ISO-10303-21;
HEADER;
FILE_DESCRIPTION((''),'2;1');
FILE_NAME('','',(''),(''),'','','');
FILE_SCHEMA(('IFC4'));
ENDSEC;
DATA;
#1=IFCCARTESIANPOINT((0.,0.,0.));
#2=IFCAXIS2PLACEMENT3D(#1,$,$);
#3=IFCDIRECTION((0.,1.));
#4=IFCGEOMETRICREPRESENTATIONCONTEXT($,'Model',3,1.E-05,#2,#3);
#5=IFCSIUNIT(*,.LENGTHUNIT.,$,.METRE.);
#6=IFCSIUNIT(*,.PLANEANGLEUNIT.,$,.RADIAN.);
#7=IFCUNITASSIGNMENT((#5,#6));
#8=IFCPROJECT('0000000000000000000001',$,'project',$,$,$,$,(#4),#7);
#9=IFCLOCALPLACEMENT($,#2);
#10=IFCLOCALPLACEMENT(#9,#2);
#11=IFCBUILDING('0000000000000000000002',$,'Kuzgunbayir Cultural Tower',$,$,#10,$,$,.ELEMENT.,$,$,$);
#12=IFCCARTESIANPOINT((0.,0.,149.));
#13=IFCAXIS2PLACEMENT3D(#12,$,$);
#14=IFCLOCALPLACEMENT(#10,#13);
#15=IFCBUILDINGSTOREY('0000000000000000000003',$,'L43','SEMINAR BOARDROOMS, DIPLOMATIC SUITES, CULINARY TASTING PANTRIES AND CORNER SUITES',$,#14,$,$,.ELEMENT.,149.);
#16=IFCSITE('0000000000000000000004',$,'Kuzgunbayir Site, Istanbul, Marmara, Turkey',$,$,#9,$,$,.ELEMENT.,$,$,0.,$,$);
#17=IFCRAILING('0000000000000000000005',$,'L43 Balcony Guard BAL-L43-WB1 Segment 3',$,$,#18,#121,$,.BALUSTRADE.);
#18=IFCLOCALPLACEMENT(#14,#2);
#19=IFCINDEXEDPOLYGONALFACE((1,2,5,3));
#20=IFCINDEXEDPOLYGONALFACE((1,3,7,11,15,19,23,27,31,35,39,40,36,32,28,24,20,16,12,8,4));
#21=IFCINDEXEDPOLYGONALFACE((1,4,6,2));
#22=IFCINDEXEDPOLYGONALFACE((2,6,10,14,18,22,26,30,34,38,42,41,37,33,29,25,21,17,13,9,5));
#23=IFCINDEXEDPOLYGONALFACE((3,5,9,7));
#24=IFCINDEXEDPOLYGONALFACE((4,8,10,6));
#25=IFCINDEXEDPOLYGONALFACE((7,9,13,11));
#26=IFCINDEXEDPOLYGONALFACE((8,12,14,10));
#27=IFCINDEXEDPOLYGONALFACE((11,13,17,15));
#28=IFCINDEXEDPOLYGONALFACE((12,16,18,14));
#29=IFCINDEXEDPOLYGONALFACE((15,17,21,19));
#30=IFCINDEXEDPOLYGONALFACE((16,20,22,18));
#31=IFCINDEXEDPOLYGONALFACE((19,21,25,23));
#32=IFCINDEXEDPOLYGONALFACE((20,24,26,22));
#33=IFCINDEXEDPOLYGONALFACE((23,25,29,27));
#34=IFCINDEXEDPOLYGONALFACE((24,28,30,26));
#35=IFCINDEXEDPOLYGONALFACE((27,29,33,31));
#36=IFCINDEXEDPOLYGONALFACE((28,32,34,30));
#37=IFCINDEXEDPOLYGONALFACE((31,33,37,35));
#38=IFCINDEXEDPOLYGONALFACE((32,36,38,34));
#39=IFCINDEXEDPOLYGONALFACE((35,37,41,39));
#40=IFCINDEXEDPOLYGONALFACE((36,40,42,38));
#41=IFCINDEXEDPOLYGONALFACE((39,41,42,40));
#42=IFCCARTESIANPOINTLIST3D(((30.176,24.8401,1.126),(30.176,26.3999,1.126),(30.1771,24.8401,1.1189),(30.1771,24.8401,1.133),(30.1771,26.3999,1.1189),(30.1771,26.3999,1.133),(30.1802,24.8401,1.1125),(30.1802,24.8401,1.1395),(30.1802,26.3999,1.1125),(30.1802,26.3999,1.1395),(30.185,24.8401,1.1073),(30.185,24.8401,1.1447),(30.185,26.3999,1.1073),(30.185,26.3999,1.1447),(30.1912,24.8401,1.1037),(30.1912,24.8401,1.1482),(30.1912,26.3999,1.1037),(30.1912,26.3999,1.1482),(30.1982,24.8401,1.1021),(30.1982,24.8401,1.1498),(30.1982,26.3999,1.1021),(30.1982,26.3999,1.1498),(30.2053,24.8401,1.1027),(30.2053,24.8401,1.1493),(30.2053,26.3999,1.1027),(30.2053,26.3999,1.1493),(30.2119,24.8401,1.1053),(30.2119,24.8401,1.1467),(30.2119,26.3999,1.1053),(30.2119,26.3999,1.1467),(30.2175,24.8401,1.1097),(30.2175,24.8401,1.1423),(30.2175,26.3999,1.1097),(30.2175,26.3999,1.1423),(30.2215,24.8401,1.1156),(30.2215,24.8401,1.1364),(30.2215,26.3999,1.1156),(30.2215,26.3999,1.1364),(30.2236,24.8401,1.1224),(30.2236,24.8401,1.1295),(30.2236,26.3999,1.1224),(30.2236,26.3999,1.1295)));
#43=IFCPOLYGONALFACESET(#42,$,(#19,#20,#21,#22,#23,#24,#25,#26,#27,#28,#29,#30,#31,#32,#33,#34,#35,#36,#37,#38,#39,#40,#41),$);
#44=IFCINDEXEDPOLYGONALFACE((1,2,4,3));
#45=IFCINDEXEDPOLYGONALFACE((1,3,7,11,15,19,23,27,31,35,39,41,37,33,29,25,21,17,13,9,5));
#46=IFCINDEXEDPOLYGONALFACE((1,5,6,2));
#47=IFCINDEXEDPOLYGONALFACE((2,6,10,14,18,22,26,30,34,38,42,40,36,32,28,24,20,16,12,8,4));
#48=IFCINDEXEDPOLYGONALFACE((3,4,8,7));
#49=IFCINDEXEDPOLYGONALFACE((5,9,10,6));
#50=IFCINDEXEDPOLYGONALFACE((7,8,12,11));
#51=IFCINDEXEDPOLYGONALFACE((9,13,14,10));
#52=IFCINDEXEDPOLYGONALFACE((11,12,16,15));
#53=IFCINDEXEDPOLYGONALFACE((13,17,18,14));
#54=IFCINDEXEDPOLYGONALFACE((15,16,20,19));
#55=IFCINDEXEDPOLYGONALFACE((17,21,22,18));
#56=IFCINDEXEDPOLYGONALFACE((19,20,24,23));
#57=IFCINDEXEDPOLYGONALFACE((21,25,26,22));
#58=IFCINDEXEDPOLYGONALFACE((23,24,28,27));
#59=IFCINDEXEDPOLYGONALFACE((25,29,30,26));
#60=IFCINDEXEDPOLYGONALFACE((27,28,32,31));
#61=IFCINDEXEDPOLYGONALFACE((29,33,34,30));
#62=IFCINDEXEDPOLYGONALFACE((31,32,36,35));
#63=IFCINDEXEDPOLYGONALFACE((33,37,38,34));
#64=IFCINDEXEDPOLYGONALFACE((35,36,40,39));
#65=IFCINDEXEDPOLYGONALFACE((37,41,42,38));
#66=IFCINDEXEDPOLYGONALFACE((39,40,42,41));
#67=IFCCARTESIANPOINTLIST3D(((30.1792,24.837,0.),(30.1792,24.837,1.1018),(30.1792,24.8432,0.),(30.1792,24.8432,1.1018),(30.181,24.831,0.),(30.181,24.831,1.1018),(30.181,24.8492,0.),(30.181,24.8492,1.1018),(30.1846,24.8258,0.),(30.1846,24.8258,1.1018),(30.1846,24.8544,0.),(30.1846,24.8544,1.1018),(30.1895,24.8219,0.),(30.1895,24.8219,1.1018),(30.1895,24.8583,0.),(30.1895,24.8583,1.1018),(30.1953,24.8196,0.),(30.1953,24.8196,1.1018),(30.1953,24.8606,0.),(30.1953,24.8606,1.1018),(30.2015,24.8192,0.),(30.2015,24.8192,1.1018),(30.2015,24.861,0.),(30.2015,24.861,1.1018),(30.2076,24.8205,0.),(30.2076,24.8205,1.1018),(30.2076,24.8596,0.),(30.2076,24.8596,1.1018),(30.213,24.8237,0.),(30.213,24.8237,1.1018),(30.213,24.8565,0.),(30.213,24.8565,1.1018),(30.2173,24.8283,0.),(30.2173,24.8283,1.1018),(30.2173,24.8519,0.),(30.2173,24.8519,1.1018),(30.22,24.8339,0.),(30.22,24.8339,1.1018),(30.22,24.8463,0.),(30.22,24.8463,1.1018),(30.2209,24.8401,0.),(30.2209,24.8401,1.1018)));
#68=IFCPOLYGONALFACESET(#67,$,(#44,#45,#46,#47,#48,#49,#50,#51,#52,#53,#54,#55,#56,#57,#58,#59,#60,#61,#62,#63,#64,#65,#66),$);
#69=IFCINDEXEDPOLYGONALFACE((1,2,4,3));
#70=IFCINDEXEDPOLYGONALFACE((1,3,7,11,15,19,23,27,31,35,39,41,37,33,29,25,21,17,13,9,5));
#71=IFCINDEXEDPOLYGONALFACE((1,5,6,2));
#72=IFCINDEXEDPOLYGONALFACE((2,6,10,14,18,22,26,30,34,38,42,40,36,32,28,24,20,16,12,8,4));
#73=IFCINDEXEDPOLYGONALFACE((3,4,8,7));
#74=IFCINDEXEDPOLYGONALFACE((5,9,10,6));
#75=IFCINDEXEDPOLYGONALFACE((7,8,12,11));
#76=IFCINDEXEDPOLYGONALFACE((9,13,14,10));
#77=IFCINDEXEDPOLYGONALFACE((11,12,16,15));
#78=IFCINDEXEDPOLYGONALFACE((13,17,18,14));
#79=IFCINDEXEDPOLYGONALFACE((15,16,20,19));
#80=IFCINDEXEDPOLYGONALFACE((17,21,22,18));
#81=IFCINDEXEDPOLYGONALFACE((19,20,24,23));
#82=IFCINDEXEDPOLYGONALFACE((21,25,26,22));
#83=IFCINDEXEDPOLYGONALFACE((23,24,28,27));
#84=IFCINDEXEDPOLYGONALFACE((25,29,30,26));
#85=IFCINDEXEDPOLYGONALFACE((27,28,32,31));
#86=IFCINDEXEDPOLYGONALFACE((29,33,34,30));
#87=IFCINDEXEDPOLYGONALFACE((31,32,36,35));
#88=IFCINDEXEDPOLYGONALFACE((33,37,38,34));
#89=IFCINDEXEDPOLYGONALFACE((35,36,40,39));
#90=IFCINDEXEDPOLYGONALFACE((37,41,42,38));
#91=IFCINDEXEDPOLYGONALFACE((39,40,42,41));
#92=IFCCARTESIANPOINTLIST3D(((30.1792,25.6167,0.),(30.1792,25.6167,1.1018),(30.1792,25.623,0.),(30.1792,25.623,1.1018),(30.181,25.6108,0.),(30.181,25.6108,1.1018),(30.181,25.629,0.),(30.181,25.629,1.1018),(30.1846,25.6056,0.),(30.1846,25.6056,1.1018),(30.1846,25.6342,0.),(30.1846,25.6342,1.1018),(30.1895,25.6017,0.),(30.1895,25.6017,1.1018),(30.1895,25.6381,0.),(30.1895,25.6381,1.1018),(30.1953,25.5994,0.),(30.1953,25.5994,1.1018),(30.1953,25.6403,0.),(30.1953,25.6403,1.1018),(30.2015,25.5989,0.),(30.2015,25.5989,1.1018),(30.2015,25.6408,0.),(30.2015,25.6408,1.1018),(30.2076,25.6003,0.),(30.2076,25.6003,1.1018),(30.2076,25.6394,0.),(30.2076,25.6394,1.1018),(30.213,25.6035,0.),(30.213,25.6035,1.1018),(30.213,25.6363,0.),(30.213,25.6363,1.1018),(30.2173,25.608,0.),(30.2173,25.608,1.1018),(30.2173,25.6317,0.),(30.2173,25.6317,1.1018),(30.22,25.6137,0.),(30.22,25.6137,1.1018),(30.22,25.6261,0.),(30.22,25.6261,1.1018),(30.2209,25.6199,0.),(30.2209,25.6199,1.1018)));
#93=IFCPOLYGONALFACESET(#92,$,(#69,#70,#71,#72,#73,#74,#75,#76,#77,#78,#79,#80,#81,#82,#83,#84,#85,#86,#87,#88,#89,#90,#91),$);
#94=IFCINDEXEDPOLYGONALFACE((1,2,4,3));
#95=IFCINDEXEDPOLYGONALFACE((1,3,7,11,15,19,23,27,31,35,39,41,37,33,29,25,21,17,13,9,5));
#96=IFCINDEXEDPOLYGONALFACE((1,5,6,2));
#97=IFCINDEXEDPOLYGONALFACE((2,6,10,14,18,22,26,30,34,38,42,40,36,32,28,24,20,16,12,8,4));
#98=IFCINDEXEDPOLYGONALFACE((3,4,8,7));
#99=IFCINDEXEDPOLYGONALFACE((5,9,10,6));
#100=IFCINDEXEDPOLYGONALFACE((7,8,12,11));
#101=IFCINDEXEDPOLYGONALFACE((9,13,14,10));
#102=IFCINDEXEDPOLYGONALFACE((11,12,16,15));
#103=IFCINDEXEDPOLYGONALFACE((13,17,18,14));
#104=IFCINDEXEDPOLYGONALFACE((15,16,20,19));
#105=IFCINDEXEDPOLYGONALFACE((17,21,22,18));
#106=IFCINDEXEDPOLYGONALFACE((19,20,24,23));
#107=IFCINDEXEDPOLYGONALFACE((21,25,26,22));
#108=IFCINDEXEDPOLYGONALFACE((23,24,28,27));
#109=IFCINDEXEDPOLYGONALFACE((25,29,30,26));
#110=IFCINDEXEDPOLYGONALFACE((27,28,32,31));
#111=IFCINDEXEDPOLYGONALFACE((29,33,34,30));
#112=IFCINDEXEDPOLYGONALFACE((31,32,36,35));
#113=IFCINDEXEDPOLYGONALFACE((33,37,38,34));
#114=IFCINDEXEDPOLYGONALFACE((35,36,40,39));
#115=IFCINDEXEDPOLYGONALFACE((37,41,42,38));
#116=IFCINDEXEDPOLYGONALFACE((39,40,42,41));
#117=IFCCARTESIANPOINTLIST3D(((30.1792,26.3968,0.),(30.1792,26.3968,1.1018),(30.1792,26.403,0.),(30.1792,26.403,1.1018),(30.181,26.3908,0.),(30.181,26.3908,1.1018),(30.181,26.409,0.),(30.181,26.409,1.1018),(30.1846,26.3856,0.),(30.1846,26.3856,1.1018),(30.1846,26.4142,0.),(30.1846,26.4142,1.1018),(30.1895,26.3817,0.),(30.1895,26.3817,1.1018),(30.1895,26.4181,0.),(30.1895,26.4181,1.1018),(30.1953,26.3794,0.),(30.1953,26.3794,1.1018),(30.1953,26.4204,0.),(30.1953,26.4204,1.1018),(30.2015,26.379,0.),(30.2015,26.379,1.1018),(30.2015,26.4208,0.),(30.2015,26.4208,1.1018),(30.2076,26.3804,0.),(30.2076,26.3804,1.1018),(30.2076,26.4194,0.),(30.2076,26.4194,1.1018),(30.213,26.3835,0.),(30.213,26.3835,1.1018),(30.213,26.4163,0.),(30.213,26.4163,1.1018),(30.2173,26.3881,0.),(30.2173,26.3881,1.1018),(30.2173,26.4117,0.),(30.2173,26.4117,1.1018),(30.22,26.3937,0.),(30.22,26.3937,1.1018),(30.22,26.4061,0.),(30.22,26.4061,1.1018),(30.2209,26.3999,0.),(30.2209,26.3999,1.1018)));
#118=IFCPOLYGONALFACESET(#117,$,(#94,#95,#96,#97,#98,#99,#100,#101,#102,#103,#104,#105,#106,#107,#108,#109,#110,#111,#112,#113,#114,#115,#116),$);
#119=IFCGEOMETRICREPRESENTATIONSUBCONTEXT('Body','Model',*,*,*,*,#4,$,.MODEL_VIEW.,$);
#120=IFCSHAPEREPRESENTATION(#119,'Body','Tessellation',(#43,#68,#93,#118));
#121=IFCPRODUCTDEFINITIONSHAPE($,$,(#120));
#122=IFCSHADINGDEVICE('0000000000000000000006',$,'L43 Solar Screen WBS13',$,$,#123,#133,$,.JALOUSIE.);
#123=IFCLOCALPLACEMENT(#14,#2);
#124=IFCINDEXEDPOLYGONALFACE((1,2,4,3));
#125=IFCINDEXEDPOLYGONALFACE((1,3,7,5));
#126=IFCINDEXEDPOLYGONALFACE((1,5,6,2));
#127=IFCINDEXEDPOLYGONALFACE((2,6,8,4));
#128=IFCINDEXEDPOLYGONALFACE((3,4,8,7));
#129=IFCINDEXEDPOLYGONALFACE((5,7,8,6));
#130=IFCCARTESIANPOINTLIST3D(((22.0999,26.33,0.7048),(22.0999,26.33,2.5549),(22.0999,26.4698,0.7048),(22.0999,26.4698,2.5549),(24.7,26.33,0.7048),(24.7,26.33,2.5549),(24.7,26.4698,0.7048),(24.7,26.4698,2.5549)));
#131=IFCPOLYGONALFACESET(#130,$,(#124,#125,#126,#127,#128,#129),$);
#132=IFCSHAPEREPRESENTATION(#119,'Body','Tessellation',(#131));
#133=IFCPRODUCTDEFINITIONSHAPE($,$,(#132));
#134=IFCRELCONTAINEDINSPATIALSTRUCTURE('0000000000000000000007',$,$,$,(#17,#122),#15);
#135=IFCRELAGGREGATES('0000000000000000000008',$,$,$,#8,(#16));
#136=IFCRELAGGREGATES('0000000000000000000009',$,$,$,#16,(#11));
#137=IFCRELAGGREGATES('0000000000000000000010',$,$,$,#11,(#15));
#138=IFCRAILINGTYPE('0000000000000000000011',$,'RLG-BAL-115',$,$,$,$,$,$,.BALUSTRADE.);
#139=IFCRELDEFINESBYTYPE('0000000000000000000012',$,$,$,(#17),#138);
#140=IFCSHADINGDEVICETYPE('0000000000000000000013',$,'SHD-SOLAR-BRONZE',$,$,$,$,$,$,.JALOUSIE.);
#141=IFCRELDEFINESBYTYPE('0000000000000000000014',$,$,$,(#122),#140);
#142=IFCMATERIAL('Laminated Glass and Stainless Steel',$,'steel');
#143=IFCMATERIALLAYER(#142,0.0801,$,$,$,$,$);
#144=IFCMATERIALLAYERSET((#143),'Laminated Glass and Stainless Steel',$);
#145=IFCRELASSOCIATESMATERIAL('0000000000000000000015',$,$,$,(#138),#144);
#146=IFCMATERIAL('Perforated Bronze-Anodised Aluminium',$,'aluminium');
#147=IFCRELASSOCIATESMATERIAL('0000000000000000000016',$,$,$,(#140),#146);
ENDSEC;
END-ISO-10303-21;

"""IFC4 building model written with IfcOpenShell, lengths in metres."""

from ifc_helpers import new_model, si_unit, direction, frame, origin, origin_2d, place, context, subcontext, project, spatial, rectangle, circle, extrude, material, layer, layer_set, type_object, element, save


model = new_model("IFC4")

# Units and contexts
model_context = context("Model", 3, precision=1e-05, world=origin(), true_north=direction((0.0, 1.0)))
body_context = subcontext(model_context, "Body", "Model", "MODEL_VIEW")
ifc_project = project(units=[si_unit("LENGTHUNIT", "METRE"), si_unit("PLANEANGLEUNIT", "RADIAN")], contexts=[model_context])

# Site, building, storey
site_placement = place(None, origin())
site = spatial("IfcSite", under=ifc_project, at=site_placement, Name="Kuzgunbayir Site, Istanbul, Marmara, Turkey", CompositionType="ELEMENT", RefElevation=0.0)
building_placement = place(site_placement, origin())
building = spatial("IfcBuilding", under=site, at=building_placement, Name="Kuzgunbayir Cultural Tower", CompositionType="ELEMENT")
storey_placement = place(building_placement, frame((0.0, 0.0, 149.0)))
storey = spatial("IfcBuildingStorey", under=building, at=storey_placement, Name="L43", Description="SEMINAR BOARDROOMS, DIPLOMATIC SUITES, CULINARY TASTING PANTRIES AND CORNER SUITES", CompositionType="ELEMENT", Elevation=149.0)

# Railing
ifc_material_1 = material(Name="Laminated Glass and Stainless Steel", Category="steel")
ifc_layer_1 = layer(ifc_material_1, 0.0801)
ifc_layer_set_1 = layer_set([ifc_layer_1], Name="Laminated Glass and Stainless Steel")
railing_type = type_object("IfcRailingType", Name="RLG-BAL-115", PredefinedType="BALUSTRADE", material=ifc_layer_set_1)
railing_1_placement = place(storey_placement, frame((30.2, 24.8401, 0.0)))
element("IfcRailing", 1, at=railing_1_placement, inside=storey, type_object=railing_type, Name="L43 Balcony Guard BAL-L43-WB1 Segment 3", PredefinedType="BALUSTRADE", context=body_context, shape_type="SweptSolid", body=[
    extrude(circle(Radius=0.0239, at=origin_2d()), frame((0.0, 0.0, 1.126), z_axis=(0.0, 1.0, 0.0), x_axis=(-1.0, 0.0, 0.0)), (0.0, 0.0, 1.0), 1.5598),
    extrude(circle(Radius=0.021, at=origin_2d()), origin(), (0.0, 0.0, 1.0), 1.1018),
    extrude(circle(Radius=0.021, at=origin_2d()), frame((0.0, 0.7798, 0.0)), (0.0, 0.0, 1.0), 1.1018),
    extrude(circle(Radius=0.021, at=origin_2d()), frame((0.0, 1.5598, 0.0)), (0.0, 0.0, 1.0), 1.1018),
])

# Shading device
ifc_material_2 = material(Name="Perforated Bronze-Anodised Aluminium", Category="aluminium")
shading_device_type = type_object("IfcShadingDeviceType", Name="SHD-SOLAR-BRONZE", PredefinedType="JALOUSIE", material=ifc_material_2)
shading_device_placement = place(storey_placement, frame((23.3999, 26.3999, 0.7048), z_axis=(0.0, 0.0, 1.0), x_axis=(1.0, 0.0, 0.0)))
element("IfcShadingDevice", 2, at=shading_device_placement, inside=storey, type_object=shading_device_type, Name="L43 Solar Screen WBS13", PredefinedType="JALOUSIE", context=body_context, shape_type="SweptSolid", body=[
    extrude(rectangle(XDim=2.6001, YDim=0.1399, at=origin_2d()), origin(), (0.0, 0.0, 1.0), 1.8501),
])

save(model, "model.ifc")
